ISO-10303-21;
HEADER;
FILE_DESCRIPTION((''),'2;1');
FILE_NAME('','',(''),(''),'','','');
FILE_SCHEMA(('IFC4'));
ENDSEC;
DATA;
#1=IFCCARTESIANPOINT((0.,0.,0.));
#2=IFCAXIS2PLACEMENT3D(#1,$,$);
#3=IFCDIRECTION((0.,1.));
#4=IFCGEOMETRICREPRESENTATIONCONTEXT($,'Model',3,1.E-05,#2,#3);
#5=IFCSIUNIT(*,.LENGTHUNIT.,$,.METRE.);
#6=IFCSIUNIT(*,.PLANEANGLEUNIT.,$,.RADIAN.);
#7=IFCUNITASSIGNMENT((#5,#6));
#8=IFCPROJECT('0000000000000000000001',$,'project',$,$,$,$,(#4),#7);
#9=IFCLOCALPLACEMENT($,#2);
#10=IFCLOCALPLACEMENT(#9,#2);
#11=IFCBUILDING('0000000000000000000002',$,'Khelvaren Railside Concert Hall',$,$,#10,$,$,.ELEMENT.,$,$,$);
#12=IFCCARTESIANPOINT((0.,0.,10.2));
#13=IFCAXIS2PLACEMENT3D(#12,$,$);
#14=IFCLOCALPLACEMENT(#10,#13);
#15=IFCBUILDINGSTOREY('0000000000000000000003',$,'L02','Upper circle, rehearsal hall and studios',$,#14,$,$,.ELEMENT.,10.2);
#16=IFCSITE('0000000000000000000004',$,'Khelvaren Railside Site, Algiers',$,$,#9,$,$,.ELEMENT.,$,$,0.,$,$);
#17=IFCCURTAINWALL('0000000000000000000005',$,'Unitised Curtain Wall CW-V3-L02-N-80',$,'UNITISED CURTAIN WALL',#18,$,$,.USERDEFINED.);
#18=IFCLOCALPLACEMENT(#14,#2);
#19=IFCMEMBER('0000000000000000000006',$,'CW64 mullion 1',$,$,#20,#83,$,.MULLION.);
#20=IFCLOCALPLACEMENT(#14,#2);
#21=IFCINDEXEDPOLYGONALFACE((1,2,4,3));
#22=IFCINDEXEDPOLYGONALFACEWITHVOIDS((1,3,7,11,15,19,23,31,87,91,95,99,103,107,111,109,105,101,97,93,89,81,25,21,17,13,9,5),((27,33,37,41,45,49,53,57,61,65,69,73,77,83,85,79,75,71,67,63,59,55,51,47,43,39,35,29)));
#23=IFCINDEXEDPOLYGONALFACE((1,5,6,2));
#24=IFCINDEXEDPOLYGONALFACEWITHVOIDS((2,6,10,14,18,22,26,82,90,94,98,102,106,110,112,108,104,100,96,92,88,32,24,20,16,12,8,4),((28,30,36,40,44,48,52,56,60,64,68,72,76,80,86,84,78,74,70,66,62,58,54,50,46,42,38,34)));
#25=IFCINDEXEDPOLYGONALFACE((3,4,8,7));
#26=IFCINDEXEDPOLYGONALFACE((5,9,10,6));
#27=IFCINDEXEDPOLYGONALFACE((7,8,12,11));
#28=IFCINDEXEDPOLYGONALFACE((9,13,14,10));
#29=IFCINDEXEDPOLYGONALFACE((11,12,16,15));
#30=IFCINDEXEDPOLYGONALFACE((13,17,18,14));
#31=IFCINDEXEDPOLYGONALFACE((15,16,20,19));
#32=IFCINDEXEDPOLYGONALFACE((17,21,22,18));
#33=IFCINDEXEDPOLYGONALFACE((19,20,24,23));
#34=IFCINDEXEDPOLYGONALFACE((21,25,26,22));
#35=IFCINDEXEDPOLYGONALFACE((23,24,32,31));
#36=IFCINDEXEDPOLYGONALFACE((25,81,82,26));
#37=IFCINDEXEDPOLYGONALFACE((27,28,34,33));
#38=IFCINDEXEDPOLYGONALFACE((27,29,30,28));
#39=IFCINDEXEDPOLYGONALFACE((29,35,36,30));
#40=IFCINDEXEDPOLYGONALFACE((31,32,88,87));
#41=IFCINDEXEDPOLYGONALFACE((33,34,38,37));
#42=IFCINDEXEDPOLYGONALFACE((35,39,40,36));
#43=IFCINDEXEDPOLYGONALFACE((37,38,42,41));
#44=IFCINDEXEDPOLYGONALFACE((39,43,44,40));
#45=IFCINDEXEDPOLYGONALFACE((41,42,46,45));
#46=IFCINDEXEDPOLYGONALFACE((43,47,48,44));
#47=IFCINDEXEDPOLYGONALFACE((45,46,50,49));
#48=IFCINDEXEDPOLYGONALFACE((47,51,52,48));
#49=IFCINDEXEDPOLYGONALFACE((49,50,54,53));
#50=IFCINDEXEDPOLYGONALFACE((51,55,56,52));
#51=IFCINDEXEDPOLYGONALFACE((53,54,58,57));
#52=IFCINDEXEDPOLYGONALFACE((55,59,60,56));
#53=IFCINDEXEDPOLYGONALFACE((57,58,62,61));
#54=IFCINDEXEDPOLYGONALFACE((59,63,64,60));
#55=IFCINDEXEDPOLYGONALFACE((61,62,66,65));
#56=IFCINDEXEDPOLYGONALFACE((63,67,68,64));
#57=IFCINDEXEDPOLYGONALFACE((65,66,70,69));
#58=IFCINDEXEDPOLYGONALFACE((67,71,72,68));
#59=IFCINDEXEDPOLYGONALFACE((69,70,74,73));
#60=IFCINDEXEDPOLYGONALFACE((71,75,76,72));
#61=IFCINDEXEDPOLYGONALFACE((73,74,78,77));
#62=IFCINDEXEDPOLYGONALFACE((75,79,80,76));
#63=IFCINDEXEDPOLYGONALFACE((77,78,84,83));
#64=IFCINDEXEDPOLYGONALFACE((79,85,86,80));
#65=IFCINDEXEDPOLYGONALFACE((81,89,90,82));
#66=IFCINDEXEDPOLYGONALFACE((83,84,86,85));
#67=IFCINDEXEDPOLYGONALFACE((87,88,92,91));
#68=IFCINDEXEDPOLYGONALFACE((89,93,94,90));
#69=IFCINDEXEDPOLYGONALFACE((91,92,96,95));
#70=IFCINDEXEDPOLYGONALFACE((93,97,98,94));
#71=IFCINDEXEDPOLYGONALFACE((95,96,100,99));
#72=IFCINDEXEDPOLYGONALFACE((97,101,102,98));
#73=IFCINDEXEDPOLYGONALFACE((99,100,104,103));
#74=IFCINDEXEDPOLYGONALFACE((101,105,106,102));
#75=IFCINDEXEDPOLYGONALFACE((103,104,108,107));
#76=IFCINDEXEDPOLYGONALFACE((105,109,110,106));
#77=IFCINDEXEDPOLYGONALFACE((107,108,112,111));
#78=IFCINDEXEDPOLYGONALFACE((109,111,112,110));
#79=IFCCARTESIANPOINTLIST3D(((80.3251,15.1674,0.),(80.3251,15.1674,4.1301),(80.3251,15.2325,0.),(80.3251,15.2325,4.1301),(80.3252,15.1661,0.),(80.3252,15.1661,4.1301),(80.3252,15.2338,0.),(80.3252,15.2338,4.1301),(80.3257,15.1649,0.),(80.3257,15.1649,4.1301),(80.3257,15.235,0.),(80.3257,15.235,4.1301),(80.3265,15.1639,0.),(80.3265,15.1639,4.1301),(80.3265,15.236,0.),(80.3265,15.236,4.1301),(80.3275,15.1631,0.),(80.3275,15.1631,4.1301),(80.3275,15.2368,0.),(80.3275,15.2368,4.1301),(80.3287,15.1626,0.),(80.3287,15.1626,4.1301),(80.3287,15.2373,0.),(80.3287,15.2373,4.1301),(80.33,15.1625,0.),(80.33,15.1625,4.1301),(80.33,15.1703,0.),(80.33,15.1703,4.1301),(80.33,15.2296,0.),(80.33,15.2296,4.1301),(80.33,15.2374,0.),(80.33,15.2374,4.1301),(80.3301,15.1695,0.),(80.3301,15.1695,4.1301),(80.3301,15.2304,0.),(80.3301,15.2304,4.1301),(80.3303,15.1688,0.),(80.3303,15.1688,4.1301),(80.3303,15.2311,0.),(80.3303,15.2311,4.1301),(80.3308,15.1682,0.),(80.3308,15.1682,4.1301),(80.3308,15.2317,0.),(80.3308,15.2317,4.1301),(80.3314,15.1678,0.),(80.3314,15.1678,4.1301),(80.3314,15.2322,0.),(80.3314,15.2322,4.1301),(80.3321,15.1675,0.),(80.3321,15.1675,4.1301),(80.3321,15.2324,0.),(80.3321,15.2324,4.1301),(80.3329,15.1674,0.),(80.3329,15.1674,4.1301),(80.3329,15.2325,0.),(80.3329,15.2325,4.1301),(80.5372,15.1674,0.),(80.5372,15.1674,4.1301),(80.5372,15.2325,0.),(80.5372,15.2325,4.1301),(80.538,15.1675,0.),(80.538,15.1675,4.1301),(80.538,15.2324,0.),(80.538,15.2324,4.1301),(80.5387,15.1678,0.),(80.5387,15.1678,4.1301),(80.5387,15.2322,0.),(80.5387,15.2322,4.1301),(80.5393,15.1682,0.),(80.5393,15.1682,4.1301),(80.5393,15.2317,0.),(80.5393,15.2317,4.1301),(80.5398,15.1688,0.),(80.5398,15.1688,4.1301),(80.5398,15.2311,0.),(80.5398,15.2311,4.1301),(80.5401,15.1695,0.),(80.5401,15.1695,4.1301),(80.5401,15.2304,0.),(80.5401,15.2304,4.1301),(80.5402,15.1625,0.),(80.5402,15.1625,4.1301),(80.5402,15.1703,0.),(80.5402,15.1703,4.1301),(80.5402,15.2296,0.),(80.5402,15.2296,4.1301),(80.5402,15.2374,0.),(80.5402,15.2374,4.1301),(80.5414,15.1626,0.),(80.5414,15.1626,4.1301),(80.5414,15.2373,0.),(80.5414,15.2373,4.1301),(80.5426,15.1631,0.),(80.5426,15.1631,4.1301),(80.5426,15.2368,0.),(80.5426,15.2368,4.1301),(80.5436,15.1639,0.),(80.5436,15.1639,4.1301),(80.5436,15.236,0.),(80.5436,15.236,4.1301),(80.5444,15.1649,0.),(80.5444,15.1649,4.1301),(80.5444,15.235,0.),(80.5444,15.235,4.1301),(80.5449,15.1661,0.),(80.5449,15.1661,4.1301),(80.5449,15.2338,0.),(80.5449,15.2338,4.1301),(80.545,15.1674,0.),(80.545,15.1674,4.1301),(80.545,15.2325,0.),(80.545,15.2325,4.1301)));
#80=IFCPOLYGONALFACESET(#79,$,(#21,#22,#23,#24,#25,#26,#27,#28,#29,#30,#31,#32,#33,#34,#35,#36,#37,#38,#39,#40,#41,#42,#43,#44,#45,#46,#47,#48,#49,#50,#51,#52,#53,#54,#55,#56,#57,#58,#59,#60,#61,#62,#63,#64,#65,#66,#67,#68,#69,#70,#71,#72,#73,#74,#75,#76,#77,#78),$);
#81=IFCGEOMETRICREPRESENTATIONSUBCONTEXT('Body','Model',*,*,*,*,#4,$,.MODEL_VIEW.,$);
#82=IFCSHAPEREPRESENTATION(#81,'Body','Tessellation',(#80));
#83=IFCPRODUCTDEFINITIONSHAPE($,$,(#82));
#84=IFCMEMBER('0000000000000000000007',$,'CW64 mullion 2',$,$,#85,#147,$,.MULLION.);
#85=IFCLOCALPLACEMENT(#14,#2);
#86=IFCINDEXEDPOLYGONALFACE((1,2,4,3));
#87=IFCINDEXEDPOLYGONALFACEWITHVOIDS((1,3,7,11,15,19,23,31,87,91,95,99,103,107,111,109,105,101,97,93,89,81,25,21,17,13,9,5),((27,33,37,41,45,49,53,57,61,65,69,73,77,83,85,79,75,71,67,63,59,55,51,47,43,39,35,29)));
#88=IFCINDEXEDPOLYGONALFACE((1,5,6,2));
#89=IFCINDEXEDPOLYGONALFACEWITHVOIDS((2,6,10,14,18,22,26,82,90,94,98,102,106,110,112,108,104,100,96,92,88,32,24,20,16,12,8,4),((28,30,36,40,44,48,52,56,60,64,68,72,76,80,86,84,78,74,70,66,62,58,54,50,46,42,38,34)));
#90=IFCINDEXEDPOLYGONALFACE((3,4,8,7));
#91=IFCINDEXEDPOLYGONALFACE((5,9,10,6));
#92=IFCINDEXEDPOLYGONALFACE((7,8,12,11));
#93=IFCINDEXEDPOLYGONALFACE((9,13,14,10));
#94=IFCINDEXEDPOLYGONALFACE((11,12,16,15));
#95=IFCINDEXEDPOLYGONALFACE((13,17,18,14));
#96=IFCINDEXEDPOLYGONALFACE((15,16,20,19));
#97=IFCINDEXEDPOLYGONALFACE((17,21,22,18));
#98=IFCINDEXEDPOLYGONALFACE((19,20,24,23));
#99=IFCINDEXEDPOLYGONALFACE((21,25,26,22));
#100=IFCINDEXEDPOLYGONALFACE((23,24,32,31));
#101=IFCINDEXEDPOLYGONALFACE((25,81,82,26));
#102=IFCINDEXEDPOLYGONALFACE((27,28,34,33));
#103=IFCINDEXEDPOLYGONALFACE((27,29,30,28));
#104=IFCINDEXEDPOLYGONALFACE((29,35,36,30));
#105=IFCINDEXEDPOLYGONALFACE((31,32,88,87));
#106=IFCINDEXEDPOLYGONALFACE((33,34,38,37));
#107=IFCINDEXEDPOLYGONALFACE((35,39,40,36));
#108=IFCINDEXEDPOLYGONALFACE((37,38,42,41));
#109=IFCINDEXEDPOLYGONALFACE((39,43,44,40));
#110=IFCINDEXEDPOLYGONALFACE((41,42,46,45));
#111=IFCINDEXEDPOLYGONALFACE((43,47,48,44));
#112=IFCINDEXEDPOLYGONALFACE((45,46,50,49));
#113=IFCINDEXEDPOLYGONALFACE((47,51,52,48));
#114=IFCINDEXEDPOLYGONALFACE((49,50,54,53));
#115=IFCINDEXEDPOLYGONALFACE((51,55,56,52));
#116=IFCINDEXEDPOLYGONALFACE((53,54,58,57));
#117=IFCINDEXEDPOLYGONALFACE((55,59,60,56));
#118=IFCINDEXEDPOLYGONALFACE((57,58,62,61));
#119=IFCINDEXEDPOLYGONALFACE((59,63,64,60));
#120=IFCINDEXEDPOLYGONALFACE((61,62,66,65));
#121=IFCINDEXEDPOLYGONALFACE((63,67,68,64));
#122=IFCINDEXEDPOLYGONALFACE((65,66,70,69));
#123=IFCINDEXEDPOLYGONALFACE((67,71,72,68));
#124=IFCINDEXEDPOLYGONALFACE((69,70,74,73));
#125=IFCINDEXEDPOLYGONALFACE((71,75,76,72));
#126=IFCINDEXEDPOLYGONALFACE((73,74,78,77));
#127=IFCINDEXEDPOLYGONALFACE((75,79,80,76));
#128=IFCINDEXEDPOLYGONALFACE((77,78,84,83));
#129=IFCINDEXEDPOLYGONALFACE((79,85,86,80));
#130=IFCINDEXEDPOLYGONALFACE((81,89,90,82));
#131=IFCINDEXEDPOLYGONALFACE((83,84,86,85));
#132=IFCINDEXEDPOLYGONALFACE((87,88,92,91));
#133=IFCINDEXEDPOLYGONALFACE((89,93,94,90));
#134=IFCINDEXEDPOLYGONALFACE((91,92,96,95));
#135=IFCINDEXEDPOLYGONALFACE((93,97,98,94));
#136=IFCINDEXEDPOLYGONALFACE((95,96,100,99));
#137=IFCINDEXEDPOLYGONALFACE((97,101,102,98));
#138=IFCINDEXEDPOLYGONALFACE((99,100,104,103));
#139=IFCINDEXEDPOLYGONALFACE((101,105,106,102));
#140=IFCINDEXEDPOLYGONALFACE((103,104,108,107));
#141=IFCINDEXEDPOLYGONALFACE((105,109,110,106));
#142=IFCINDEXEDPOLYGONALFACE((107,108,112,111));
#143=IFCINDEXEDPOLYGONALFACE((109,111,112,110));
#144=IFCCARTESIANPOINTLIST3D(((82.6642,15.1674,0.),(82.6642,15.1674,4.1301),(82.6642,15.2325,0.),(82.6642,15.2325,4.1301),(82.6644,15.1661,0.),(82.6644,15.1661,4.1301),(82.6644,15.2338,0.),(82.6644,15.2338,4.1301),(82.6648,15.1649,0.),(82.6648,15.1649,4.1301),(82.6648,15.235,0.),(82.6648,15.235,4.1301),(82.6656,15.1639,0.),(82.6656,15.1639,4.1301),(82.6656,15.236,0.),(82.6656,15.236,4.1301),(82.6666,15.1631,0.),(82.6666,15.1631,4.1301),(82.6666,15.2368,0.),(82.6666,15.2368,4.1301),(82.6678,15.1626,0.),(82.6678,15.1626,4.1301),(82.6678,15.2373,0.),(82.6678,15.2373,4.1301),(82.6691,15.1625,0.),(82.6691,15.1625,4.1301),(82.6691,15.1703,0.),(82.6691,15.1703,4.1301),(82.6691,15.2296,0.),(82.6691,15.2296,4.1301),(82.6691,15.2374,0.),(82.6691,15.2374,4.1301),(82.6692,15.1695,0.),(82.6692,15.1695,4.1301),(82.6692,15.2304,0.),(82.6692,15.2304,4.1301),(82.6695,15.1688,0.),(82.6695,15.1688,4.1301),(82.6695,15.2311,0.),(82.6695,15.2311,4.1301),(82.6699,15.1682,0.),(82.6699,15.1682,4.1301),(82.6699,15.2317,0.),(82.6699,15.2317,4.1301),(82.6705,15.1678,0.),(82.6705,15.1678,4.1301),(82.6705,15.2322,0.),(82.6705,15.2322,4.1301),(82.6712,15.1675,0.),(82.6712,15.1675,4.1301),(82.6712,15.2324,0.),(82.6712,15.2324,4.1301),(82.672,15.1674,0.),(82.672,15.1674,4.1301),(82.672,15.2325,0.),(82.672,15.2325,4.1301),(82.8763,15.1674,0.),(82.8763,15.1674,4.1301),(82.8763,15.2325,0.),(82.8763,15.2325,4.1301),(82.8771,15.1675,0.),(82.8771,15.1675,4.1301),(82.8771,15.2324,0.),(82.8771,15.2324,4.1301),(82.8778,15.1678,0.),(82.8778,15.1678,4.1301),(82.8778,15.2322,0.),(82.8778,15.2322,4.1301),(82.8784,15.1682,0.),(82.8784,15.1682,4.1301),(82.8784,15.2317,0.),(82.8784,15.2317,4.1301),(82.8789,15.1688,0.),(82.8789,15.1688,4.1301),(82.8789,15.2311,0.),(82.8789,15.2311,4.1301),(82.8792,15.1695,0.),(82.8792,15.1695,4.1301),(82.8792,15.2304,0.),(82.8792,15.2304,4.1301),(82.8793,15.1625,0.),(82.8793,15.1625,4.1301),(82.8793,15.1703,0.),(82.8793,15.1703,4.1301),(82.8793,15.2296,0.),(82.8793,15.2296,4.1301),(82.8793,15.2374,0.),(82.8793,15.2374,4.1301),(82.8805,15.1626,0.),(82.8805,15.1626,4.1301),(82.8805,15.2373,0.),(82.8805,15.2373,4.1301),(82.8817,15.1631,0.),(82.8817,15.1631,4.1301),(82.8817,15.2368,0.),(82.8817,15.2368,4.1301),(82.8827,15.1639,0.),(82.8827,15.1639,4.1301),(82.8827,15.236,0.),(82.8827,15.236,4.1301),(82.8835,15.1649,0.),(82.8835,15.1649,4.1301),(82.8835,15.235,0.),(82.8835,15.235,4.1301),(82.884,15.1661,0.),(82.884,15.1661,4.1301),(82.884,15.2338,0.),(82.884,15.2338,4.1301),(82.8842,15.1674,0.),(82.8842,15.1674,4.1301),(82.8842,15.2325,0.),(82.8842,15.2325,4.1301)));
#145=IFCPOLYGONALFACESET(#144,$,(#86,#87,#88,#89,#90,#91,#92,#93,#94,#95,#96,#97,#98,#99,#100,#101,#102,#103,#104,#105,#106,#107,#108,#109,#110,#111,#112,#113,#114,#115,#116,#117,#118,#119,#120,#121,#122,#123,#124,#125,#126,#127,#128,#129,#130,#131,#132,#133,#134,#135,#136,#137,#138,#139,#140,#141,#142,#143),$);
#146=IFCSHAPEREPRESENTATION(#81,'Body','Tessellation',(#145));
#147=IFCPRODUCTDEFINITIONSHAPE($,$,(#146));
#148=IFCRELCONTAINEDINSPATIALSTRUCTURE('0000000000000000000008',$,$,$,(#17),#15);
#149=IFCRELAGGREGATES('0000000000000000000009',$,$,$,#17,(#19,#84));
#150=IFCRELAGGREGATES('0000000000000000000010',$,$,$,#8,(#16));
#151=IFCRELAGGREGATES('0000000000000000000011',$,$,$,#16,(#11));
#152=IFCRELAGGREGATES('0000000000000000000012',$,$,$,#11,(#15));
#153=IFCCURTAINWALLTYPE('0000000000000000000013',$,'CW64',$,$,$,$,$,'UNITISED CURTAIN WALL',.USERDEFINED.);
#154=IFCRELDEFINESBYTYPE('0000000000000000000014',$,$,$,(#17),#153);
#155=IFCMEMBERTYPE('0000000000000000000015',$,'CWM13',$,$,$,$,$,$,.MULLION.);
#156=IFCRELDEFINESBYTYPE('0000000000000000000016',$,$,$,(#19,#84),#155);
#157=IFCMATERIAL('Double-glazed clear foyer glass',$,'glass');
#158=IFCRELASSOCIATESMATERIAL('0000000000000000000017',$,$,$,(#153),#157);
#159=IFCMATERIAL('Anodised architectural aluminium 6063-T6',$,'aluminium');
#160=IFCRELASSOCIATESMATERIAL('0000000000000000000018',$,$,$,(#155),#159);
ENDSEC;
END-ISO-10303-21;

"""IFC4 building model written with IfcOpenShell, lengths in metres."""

from ifc_helpers import new_model, si_unit, direction, frame, origin, origin_2d, place, context, subcontext, project, spatial, hollow_rectangle, extrude, material, material_profile, profile_set, type_object, element, aggregate, save


model = new_model("IFC4")

# Units and contexts
model_context = context("Model", 3, precision=1e-05, world=origin(), true_north=direction((0.0, 1.0)))
body_context = subcontext(model_context, "Body", "Model", "MODEL_VIEW")
ifc_project = project(units=[si_unit("LENGTHUNIT", "METRE"), si_unit("PLANEANGLEUNIT", "RADIAN")], contexts=[model_context])

# Site, building, storey
site_placement = place(None, origin())
site = spatial("IfcSite", under=ifc_project, at=site_placement, Name="Khelvaren Railside Site, Algiers", CompositionType="ELEMENT", RefElevation=0.0)
building_placement = place(site_placement, origin())
building = spatial("IfcBuilding", under=site, at=building_placement, Name="Khelvaren Railside Concert Hall", CompositionType="ELEMENT")
storey_placement = place(building_placement, frame((0.0, 0.0, 10.2)))
storey = spatial("IfcBuildingStorey", under=building, at=storey_placement, Name="L02", Description="Upper circle, rehearsal hall and studios", CompositionType="ELEMENT", Elevation=10.2)

# Curtain wall, members
ifc_material_1 = material(Name="Double-glazed clear foyer glass", Category="glass")
curtain_wall_type = type_object("IfcCurtainWallType", Name="CW64", ElementType="UNITISED CURTAIN WALL", PredefinedType="USERDEFINED", material=ifc_material_1)
curtain_wall_placement = place(storey_placement, origin())
curtain_wall = element("IfcCurtainWall", 1, at=curtain_wall_placement, inside=storey, type_object=curtain_wall_type, Name="Unitised Curtain Wall CW-V3-L02-N-80", ObjectType="UNITISED CURTAIN WALL", PredefinedType="USERDEFINED")
ifc_material_2 = material(Name="Anodised architectural aluminium 6063-T6", Category="aluminium")
ifc_material_profile_1 = material_profile(ifc_material_2, hollow_rectangle(XDim=0.075, YDim=0.22, WallThickness=0.0049, InnerFilletRadius=0.0029, OuterFilletRadius=0.0049, at=origin_2d()), Name="CWM 75x220x5")
ifc_profile_set_1 = profile_set([ifc_material_profile_1], Name="Anodised architectural aluminium 6063-T6")
member_type_1 = type_object("IfcMemberType", Name="CWM13", PredefinedType="MULLION", material=ifc_profile_set_1)
member_1_placement = place(storey_placement, frame((80.4351, 15.2, 0.0), z_axis=(0.0, 0.0, 1.0), x_axis=(0.0, 1.0, 0.0)))
member_1 = element("IfcMember", 2, at=member_1_placement, type_object=member_type_1, Name="CW64 mullion 1", PredefinedType="MULLION", context=body_context, shape_type="SweptSolid", body=[
    extrude(hollow_rectangle(XDim=0.075, YDim=0.22, WallThickness=0.0049, InnerFilletRadius=0.0029, OuterFilletRadius=0.0049, at=origin_2d()), origin(), (0.0, 0.0, 1.0), 4.1301),
])
member_2_placement = place(storey_placement, frame((82.7742, 15.2, 0.0), z_axis=(0.0, 0.0, 1.0), x_axis=(0.0, 1.0, 0.0)))
member_2 = element("IfcMember", 3, at=member_2_placement, type_object=member_type_1, Name="CW64 mullion 2", PredefinedType="MULLION", context=body_context, shape_type="SweptSolid", body=[
    extrude(hollow_rectangle(XDim=0.075, YDim=0.22, WallThickness=0.0049, InnerFilletRadius=0.0029, OuterFilletRadius=0.0049, at=origin_2d()), origin(), (0.0, 0.0, 1.0), 4.1301),
])
aggregate(curtain_wall, [member_1, member_2])

save(model, "model.ifc")
